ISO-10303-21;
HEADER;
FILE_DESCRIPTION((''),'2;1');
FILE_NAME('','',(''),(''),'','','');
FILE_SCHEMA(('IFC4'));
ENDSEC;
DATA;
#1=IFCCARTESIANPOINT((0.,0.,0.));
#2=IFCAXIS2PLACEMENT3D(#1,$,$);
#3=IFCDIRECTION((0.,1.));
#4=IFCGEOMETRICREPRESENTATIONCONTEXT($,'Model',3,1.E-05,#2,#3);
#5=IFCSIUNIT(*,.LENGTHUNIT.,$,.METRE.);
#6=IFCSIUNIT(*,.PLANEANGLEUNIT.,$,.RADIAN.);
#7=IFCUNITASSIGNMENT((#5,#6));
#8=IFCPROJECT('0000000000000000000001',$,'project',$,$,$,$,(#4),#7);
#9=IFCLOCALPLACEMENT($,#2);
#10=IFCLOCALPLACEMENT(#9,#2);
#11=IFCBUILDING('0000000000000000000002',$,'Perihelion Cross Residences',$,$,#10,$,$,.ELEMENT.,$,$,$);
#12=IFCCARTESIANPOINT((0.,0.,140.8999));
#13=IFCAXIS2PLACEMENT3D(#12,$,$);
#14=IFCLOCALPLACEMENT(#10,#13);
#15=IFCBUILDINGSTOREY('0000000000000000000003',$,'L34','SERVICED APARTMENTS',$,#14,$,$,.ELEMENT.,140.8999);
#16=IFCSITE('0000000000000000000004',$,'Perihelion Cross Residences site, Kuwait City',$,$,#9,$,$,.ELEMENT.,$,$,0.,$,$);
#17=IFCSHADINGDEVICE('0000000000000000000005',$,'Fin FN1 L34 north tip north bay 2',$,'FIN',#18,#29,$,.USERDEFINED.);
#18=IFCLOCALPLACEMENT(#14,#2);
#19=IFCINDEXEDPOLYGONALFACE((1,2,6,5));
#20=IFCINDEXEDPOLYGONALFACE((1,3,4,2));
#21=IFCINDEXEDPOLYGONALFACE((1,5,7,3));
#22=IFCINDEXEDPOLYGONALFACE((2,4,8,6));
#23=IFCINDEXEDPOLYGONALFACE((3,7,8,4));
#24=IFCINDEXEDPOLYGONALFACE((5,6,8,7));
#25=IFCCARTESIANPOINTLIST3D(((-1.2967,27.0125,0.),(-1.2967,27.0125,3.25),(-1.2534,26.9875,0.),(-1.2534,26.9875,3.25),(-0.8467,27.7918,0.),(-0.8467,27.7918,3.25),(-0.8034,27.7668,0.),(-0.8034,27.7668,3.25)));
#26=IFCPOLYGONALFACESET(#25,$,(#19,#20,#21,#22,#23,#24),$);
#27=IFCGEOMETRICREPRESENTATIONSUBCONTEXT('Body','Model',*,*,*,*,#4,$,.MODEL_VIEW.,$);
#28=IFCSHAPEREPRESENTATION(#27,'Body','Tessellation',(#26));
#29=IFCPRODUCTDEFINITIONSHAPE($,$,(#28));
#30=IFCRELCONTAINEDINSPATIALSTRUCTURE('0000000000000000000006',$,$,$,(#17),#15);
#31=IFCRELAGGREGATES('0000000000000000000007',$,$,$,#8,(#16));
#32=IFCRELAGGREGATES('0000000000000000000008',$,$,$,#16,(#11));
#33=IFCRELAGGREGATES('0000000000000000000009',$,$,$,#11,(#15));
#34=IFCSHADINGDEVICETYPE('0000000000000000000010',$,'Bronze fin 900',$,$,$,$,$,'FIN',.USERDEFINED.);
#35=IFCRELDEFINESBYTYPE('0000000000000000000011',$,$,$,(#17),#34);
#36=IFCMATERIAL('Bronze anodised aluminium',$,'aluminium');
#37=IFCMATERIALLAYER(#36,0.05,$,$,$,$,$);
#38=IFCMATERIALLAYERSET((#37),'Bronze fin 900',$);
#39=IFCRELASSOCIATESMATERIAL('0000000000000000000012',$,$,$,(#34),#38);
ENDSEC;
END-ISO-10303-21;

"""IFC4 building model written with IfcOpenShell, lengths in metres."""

from ifc_helpers import new_model, si_unit, direction, frame, origin, origin_2d, place, context, subcontext, project, spatial, rectangle, extrude, material, layer, layer_set, type_object, element, save


model = new_model("IFC4")

# Units and contexts
model_context = context("Model", 3, precision=1e-05, world=origin(), true_north=direction((0.0, 1.0)))
body_context = subcontext(model_context, "Body", "Model", "MODEL_VIEW")
ifc_project = project(units=[si_unit("LENGTHUNIT", "METRE"), si_unit("PLANEANGLEUNIT", "RADIAN")], contexts=[model_context])

# Site, building, storey
site_placement = place(None, origin())
site = spatial("IfcSite", under=ifc_project, at=site_placement, Name="Perihelion Cross Residences site, Kuwait City", CompositionType="ELEMENT", RefElevation=0.0)
building_placement = place(site_placement, origin())
building = spatial("IfcBuilding", under=site, at=building_placement, Name="Perihelion Cross Residences", CompositionType="ELEMENT")
storey_placement = place(building_placement, frame((0.0, 0.0, 140.8999)))
storey = spatial("IfcBuildingStorey", under=building, at=storey_placement, Name="L34", Description="SERVICED APARTMENTS", CompositionType="ELEMENT", Elevation=140.8999)

# Shading device
ifc_material_1 = material(Name="Bronze anodised aluminium", Category="aluminium")
ifc_layer_1 = layer(ifc_material_1, 0.05)
ifc_layer_set_1 = layer_set([ifc_layer_1], Name="Bronze fin 900")
shading_device_type = type_object("IfcShadingDeviceType", Name="Bronze fin 900", ElementType="FIN", PredefinedType="USERDEFINED", material=ifc_layer_set_1)
shading_device_placement = place(storey_placement, frame((-1.05, 27.3896, 0.0), z_axis=(0.0, 0.0, 1.0), x_axis=(0.5, 0.866025, 0.0)))
element("IfcShadingDevice", 1, at=shading_device_placement, inside=storey, type_object=shading_device_type, Name="Fin FN1 L34 north tip north bay 2", ObjectType="FIN", PredefinedType="USERDEFINED", context=body_context, shape_type="SweptSolid", body=[
    extrude(rectangle(XDim=0.8999, YDim=0.05, at=origin_2d()), origin(), (0.0, 0.0, 1.0), 3.25),
])

save(model, "model.ifc")
